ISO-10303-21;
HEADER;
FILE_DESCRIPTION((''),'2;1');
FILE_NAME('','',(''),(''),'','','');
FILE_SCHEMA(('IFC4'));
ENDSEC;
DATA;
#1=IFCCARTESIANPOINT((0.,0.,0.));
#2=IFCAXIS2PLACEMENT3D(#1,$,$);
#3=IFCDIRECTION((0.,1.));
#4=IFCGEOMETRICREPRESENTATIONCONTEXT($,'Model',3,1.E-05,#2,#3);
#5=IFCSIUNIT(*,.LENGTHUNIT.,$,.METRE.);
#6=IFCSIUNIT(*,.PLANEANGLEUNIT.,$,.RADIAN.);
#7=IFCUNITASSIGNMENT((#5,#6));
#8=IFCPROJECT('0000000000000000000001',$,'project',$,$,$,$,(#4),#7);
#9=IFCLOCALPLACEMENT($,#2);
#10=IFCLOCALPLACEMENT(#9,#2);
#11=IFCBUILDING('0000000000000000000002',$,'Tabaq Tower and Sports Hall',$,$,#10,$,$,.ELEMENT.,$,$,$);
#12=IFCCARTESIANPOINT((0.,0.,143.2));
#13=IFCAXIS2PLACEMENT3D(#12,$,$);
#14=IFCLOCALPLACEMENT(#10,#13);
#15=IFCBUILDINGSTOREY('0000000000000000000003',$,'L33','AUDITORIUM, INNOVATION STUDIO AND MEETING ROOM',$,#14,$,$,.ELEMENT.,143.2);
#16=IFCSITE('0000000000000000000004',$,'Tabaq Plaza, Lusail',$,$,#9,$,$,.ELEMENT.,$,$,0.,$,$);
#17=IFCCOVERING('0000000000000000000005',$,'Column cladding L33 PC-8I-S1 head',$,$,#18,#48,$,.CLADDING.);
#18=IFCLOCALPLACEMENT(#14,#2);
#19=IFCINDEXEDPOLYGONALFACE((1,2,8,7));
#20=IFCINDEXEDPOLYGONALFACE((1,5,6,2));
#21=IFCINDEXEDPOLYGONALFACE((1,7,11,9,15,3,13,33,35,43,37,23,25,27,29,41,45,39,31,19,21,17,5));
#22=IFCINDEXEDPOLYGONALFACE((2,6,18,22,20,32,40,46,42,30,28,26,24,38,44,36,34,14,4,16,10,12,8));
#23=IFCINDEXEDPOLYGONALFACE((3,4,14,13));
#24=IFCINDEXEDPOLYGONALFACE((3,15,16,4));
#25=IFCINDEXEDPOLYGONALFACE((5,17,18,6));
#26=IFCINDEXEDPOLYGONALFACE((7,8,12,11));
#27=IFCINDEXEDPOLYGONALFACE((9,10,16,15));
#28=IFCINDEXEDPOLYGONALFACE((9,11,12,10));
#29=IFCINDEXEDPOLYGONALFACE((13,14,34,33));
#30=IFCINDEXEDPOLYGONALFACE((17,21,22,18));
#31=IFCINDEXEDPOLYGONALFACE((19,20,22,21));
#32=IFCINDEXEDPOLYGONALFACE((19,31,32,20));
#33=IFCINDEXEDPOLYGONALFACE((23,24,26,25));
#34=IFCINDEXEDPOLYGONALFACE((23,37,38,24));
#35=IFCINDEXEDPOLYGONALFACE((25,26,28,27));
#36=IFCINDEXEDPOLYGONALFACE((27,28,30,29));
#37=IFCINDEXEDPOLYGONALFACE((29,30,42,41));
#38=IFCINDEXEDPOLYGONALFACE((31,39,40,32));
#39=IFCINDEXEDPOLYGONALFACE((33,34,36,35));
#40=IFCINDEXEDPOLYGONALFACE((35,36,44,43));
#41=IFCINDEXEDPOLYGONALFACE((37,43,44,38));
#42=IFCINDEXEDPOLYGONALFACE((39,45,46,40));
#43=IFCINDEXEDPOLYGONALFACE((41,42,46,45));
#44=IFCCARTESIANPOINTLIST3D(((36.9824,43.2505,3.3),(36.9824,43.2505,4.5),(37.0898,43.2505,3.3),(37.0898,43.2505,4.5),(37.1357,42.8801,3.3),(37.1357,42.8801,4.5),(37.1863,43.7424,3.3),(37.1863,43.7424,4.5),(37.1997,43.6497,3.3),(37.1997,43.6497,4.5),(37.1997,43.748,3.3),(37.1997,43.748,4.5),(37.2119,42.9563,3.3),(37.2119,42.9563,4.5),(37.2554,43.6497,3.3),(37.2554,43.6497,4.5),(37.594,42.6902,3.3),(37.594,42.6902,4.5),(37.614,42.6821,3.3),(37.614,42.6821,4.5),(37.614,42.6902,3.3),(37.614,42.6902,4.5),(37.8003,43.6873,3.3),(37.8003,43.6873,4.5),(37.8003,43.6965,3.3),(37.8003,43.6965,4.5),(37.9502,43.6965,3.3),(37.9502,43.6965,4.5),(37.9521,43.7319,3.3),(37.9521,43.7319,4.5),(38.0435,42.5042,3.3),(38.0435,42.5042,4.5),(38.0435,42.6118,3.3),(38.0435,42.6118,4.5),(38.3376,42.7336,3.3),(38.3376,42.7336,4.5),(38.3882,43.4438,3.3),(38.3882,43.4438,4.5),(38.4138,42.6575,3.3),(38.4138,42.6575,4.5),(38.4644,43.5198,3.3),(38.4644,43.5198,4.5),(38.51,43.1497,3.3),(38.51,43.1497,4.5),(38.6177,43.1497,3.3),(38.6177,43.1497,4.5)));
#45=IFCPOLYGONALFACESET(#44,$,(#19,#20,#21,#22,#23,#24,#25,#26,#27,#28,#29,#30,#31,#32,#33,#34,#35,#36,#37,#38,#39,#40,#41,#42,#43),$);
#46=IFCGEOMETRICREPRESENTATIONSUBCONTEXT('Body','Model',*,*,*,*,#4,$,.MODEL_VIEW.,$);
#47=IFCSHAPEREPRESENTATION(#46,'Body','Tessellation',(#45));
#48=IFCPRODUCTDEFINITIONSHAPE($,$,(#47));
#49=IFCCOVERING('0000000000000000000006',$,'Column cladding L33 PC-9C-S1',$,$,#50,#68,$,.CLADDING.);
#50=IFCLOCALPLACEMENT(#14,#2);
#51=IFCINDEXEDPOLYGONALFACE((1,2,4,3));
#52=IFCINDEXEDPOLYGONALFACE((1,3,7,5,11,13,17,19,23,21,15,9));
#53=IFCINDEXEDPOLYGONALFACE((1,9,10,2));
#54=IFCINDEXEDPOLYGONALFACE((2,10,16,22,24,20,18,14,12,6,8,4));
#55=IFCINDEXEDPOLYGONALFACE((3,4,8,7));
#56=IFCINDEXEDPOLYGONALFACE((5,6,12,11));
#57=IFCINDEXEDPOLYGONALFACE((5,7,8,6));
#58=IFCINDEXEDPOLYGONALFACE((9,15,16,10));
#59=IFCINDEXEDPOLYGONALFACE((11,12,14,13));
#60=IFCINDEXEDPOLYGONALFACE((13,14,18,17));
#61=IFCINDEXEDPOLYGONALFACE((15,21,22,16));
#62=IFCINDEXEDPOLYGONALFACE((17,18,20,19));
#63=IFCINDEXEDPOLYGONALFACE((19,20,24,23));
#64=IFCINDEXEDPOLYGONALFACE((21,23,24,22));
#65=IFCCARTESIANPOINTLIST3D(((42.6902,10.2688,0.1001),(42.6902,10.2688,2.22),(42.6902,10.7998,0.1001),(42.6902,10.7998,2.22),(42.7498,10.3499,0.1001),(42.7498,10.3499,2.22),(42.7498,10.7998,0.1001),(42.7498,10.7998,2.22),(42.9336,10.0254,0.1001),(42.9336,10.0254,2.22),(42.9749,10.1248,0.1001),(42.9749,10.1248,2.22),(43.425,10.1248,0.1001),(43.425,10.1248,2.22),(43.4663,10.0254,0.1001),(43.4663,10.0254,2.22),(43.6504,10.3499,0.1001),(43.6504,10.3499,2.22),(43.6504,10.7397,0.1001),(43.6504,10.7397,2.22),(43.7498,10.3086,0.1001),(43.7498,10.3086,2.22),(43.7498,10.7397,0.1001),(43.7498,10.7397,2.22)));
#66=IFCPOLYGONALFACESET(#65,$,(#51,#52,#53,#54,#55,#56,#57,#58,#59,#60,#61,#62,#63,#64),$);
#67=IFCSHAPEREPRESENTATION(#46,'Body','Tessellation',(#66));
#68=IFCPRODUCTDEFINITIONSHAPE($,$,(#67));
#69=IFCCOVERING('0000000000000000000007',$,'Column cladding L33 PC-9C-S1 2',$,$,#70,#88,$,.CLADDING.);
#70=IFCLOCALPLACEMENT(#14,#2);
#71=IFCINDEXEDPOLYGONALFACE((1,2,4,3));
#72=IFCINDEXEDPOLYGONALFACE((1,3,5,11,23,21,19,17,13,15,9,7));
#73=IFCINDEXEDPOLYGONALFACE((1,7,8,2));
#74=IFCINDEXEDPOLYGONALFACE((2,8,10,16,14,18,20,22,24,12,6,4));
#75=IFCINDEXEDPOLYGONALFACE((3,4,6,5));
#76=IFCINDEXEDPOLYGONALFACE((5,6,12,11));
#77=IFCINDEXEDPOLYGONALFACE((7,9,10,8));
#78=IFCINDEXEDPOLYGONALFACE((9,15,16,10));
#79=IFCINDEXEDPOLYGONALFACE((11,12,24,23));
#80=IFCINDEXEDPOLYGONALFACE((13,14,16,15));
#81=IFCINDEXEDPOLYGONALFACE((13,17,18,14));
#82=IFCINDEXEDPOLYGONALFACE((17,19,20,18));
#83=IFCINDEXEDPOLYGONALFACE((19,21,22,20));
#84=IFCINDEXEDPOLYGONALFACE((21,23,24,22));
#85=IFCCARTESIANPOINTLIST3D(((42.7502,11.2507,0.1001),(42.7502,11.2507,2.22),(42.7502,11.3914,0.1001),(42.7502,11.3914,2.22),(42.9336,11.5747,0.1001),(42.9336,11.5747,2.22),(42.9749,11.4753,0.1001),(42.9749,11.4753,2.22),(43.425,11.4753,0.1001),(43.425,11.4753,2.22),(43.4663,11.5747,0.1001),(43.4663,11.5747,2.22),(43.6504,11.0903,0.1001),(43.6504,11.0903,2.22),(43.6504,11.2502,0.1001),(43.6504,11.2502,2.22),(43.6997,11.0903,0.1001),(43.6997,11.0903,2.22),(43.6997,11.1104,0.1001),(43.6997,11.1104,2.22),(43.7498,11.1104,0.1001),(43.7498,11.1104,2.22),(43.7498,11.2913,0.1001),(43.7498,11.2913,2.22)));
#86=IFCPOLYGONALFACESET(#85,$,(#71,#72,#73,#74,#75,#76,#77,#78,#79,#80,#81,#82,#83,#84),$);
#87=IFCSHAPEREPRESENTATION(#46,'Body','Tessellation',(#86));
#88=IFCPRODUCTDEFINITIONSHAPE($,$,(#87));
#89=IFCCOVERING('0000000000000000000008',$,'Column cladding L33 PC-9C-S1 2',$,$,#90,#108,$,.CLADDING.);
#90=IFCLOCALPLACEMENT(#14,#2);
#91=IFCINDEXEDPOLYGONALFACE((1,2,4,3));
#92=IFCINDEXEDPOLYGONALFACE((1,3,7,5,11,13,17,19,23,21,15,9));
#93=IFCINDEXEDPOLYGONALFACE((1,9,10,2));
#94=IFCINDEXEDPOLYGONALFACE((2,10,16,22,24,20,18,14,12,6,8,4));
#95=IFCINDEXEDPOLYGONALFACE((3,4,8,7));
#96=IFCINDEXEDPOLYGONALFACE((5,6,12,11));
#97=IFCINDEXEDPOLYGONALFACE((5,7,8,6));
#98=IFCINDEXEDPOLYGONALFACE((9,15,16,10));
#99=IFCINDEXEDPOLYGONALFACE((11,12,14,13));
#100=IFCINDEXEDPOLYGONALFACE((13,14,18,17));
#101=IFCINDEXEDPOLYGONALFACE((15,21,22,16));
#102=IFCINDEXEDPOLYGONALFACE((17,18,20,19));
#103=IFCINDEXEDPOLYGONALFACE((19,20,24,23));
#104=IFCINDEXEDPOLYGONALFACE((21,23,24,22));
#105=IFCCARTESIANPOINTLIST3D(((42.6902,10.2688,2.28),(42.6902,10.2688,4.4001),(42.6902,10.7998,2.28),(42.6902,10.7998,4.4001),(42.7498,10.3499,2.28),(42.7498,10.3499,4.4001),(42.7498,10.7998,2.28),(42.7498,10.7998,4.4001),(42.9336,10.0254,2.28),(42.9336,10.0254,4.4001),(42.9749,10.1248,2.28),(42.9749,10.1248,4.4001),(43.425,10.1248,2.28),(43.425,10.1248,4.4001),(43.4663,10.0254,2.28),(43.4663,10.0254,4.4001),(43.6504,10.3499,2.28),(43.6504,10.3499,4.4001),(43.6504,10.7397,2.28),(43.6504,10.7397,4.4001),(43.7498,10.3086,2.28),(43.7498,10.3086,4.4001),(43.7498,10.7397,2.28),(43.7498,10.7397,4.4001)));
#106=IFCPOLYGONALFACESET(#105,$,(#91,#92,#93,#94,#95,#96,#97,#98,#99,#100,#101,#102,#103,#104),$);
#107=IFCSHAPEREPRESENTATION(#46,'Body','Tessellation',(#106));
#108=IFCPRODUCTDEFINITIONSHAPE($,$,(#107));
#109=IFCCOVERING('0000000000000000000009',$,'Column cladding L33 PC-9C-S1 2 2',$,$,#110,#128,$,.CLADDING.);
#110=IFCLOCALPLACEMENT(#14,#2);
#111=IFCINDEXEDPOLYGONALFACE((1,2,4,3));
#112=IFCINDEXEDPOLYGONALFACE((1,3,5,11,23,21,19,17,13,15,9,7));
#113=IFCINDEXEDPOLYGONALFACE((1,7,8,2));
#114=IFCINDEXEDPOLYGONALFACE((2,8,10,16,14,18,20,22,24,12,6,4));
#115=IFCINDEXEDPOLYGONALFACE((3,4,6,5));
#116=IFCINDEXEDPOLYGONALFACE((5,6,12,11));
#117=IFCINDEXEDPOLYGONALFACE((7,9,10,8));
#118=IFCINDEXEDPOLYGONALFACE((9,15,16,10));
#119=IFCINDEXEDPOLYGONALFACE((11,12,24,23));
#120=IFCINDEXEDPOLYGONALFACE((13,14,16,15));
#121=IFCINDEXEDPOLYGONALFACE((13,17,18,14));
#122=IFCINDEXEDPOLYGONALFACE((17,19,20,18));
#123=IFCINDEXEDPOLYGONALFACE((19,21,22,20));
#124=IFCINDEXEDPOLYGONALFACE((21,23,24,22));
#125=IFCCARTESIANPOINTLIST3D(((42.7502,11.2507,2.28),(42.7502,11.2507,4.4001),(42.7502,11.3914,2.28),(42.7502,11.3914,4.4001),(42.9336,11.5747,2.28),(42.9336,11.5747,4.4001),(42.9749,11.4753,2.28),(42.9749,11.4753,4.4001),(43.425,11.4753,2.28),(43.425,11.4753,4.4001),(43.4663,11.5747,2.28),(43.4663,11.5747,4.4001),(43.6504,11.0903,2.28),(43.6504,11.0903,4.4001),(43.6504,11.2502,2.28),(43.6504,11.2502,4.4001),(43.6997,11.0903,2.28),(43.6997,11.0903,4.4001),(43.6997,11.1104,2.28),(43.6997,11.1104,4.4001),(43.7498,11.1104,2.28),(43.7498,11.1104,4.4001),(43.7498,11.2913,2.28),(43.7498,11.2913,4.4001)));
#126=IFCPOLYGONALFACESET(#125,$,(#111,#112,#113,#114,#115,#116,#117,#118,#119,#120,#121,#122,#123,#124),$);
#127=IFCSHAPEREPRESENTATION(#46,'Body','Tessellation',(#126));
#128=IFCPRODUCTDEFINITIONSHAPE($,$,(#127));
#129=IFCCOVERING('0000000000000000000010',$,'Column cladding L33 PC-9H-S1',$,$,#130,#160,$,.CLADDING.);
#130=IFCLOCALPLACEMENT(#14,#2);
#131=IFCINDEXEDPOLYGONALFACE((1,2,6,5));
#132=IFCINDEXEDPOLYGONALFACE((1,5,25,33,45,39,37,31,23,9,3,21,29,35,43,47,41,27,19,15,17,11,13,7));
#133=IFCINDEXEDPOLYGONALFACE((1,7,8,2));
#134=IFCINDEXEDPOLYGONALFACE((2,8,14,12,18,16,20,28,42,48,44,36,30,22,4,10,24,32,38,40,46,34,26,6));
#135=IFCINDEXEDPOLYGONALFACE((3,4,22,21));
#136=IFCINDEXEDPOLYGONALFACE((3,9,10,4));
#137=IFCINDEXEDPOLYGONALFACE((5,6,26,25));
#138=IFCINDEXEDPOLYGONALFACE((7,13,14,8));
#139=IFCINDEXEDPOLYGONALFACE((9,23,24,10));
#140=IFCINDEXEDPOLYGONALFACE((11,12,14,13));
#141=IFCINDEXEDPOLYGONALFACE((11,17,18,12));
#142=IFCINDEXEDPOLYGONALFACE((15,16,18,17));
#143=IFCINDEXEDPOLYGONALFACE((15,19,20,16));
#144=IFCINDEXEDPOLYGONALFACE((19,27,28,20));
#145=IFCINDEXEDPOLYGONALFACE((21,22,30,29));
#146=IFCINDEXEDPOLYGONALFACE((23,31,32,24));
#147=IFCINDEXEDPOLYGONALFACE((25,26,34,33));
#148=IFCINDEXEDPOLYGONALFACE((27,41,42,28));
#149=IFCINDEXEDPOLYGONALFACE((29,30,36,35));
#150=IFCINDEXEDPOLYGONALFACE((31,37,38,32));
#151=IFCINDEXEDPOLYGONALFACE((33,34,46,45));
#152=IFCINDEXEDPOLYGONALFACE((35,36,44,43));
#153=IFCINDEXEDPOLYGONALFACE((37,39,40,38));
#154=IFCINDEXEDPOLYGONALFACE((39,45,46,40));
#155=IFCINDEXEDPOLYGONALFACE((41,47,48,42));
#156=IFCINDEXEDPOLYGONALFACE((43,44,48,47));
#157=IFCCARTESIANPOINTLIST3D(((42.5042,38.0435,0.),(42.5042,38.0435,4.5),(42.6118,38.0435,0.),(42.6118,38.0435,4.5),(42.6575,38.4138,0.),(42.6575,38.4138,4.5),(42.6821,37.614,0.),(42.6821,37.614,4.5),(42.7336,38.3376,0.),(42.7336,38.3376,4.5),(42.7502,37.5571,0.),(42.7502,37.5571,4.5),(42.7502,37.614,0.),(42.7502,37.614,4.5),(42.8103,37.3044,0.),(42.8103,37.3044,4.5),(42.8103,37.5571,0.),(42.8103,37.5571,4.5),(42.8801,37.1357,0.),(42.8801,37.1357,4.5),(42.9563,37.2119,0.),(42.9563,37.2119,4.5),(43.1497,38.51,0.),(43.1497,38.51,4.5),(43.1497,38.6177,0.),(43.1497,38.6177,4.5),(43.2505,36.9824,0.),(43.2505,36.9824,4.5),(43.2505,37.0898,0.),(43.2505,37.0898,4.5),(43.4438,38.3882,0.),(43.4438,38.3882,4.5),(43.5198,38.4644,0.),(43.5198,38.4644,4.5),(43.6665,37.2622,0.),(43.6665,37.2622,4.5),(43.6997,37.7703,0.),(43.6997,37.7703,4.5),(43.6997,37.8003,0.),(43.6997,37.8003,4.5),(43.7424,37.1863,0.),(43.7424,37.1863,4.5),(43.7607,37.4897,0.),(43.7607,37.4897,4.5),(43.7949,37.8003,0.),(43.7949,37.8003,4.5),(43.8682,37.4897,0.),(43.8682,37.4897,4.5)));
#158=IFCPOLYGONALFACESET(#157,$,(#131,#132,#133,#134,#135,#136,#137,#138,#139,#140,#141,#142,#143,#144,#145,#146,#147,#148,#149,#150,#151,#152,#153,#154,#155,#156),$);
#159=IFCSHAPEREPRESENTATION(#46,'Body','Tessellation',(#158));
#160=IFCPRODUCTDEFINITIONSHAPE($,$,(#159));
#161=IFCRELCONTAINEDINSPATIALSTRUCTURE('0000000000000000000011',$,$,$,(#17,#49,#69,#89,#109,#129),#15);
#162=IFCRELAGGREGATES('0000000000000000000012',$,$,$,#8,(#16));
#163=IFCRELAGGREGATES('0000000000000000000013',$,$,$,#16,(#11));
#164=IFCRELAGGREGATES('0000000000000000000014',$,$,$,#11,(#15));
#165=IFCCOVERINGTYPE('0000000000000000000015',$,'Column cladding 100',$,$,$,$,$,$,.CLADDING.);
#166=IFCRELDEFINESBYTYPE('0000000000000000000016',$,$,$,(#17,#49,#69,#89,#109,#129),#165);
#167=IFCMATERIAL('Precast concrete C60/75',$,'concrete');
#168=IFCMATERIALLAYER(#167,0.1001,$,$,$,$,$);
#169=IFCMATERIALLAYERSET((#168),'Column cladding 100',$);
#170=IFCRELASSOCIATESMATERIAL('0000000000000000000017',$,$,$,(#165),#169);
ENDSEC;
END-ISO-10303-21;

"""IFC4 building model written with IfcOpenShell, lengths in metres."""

from ifc_helpers import new_model, si_unit, direction, frame, origin, place, context, subcontext, project, spatial, polyline, outline, extrude, material, layer, layer_set, type_object, element, save


model = new_model("IFC4")

# Units and contexts
model_context = context("Model", 3, precision=1e-05, world=origin(), true_north=direction((0.0, 1.0)))
body_context = subcontext(model_context, "Body", "Model", "MODEL_VIEW")
ifc_project = project(units=[si_unit("LENGTHUNIT", "METRE"), si_unit("PLANEANGLEUNIT", "RADIAN")], contexts=[model_context])

# Site, building, storey
site_placement = place(None, origin())
site = spatial("IfcSite", under=ifc_project, at=site_placement, Name="Tabaq Plaza, Lusail", CompositionType="ELEMENT", RefElevation=0.0)
building_placement = place(site_placement, origin())
building = spatial("IfcBuilding", under=site, at=building_placement, Name="Tabaq Tower and Sports Hall", CompositionType="ELEMENT")
storey_placement = place(building_placement, frame((0.0, 0.0, 143.2)))
storey = spatial("IfcBuildingStorey", under=building, at=storey_placement, Name="L33", Description="AUDITORIUM, INNOVATION STUDIO AND MEETING ROOM", CompositionType="ELEMENT", Elevation=143.2)

# Coverings
ifc_material_1 = material(Name="Precast concrete C60/75", Category="concrete")
ifc_layer_1 = layer(ifc_material_1, 0.1001)
ifc_layer_set_1 = layer_set([ifc_layer_1], Name="Column cladding 100")
covering_type = type_object("IfcCoveringType", Name="Column cladding 100", PredefinedType="CLADDING", material=ifc_layer_set_1)
covering_1_placement = place(storey_placement, frame((0.0, 0.0, 3.3)))
element("IfcCovering", 1, at=covering_1_placement, inside=storey, type_object=covering_type, Name="Column cladding L33 PC-8I-S1 head", PredefinedType="CLADDING", context=body_context, shape_type="SweptSolid", body=[
    extrude(outline(polyline([(38.0435, 42.5042), (37.614, 42.6821), (37.614, 42.6902), (37.594, 42.6902), (37.1357, 42.8801), (36.9824, 43.2505), (37.1863, 43.7424), (37.1997, 43.748), (37.1997, 43.6497), (37.2554, 43.6497), (37.0898, 43.2505), (37.2119, 42.9563), (38.0435, 42.6118), (38.3376, 42.7336), (38.51, 43.1497), (38.3882, 43.4438), (37.8003, 43.6873), (37.8003, 43.6965), (37.9502, 43.6965), (37.9521, 43.7319), (38.4644, 43.5198), (38.6177, 43.1497), (38.4138, 42.6575), (38.0435, 42.5042)])), origin(), (0.0, 0.0, 1.0), 1.2),
])
covering_2_placement = place(storey_placement, frame((0.0, 0.0, 0.1001)))
element("IfcCovering", 2, at=covering_2_placement, inside=storey, type_object=covering_type, Name="Column cladding L33 PC-9C-S1", PredefinedType="CLADDING", context=body_context, shape_type="SweptSolid", body=[
    extrude(outline(polyline([(42.9336, 10.0254), (42.6902, 10.2688), (42.6902, 10.7998), (42.7498, 10.7998), (42.7498, 10.3499), (42.9749, 10.1248), (43.425, 10.1248), (43.6504, 10.3499), (43.6504, 10.7397), (43.7498, 10.7397), (43.7498, 10.3086), (43.4663, 10.0254), (42.9336, 10.0254)])), origin(), (0.0, 0.0, 1.0), 2.1199),
])
covering_3_placement = place(storey_placement, frame((0.0, 0.0, 0.1001)))
element("IfcCovering", 3, at=covering_3_placement, inside=storey, type_object=covering_type, Name="Column cladding L33 PC-9C-S1 2", PredefinedType="CLADDING", context=body_context, shape_type="SweptSolid", body=[
    extrude(outline(polyline([(42.9336, 11.5747), (43.4663, 11.5747), (43.7498, 11.2913), (43.7498, 11.1104), (43.6997, 11.1104), (43.6997, 11.0903), (43.6504, 11.0903), (43.6504, 11.2502), (43.425, 11.4753), (42.9749, 11.4753), (42.7502, 11.2507), (42.7502, 11.3914), (42.9336, 11.5747)])), origin(), (0.0, 0.0, 1.0), 2.1199),
])
covering_4_placement = place(storey_placement, frame((0.0, 0.0, 2.28)))
element("IfcCovering", 4, at=covering_4_placement, inside=storey, type_object=covering_type, Name="Column cladding L33 PC-9C-S1 2", PredefinedType="CLADDING", context=body_context, shape_type="SweptSolid", body=[
    extrude(outline(polyline([(42.9336, 10.0254), (42.6902, 10.2688), (42.6902, 10.7998), (42.7498, 10.7998), (42.7498, 10.3499), (42.9749, 10.1248), (43.425, 10.1248), (43.6504, 10.3499), (43.6504, 10.7397), (43.7498, 10.7397), (43.7498, 10.3086), (43.4663, 10.0254), (42.9336, 10.0254)])), origin(), (0.0, 0.0, 1.0), 2.1201),
])
covering_5_placement = place(storey_placement, frame((0.0, 0.0, 2.28)))
element("IfcCovering", 5, at=covering_5_placement, inside=storey, type_object=covering_type, Name="Column cladding L33 PC-9C-S1 2 2", PredefinedType="CLADDING", context=body_context, shape_type="SweptSolid", body=[
    extrude(outline(polyline([(42.9336, 11.5747), (43.4663, 11.5747), (43.7498, 11.2913), (43.7498, 11.1104), (43.6997, 11.1104), (43.6997, 11.0903), (43.6504, 11.0903), (43.6504, 11.2502), (43.425, 11.4753), (42.9749, 11.4753), (42.7502, 11.2507), (42.7502, 11.3914), (42.9336, 11.5747)])), origin(), (0.0, 0.0, 1.0), 2.1201),
])
covering_6_placement = place(storey_placement, origin())
element("IfcCovering", 6, at=covering_6_placement, inside=storey, type_object=covering_type, Name="Column cladding L33 PC-9H-S1", PredefinedType="CLADDING", context=body_context, shape_type="SweptSolid", body=[
    extrude(outline(polyline([(43.2505, 36.9824), (42.8801, 37.1357), (42.8103, 37.3044), (42.8103, 37.5571), (42.7502, 37.5571), (42.7502, 37.614), (42.6821, 37.614), (42.5042, 38.0435), (42.6575, 38.4138), (43.1497, 38.6177), (43.5198, 38.4644), (43.7949, 37.8003), (43.6997, 37.8003), (43.6997, 37.7703), (43.4438, 38.3882), (43.1497, 38.51), (42.7336, 38.3376), (42.6118, 38.0435), (42.9563, 37.2119), (43.2505, 37.0898), (43.6665, 37.2622), (43.7607, 37.4897), (43.8682, 37.4897), (43.7424, 37.1863), (43.2505, 36.9824)])), origin(), (0.0, 0.0, 1.0), 4.5),
])

save(model, "model.ifc")
